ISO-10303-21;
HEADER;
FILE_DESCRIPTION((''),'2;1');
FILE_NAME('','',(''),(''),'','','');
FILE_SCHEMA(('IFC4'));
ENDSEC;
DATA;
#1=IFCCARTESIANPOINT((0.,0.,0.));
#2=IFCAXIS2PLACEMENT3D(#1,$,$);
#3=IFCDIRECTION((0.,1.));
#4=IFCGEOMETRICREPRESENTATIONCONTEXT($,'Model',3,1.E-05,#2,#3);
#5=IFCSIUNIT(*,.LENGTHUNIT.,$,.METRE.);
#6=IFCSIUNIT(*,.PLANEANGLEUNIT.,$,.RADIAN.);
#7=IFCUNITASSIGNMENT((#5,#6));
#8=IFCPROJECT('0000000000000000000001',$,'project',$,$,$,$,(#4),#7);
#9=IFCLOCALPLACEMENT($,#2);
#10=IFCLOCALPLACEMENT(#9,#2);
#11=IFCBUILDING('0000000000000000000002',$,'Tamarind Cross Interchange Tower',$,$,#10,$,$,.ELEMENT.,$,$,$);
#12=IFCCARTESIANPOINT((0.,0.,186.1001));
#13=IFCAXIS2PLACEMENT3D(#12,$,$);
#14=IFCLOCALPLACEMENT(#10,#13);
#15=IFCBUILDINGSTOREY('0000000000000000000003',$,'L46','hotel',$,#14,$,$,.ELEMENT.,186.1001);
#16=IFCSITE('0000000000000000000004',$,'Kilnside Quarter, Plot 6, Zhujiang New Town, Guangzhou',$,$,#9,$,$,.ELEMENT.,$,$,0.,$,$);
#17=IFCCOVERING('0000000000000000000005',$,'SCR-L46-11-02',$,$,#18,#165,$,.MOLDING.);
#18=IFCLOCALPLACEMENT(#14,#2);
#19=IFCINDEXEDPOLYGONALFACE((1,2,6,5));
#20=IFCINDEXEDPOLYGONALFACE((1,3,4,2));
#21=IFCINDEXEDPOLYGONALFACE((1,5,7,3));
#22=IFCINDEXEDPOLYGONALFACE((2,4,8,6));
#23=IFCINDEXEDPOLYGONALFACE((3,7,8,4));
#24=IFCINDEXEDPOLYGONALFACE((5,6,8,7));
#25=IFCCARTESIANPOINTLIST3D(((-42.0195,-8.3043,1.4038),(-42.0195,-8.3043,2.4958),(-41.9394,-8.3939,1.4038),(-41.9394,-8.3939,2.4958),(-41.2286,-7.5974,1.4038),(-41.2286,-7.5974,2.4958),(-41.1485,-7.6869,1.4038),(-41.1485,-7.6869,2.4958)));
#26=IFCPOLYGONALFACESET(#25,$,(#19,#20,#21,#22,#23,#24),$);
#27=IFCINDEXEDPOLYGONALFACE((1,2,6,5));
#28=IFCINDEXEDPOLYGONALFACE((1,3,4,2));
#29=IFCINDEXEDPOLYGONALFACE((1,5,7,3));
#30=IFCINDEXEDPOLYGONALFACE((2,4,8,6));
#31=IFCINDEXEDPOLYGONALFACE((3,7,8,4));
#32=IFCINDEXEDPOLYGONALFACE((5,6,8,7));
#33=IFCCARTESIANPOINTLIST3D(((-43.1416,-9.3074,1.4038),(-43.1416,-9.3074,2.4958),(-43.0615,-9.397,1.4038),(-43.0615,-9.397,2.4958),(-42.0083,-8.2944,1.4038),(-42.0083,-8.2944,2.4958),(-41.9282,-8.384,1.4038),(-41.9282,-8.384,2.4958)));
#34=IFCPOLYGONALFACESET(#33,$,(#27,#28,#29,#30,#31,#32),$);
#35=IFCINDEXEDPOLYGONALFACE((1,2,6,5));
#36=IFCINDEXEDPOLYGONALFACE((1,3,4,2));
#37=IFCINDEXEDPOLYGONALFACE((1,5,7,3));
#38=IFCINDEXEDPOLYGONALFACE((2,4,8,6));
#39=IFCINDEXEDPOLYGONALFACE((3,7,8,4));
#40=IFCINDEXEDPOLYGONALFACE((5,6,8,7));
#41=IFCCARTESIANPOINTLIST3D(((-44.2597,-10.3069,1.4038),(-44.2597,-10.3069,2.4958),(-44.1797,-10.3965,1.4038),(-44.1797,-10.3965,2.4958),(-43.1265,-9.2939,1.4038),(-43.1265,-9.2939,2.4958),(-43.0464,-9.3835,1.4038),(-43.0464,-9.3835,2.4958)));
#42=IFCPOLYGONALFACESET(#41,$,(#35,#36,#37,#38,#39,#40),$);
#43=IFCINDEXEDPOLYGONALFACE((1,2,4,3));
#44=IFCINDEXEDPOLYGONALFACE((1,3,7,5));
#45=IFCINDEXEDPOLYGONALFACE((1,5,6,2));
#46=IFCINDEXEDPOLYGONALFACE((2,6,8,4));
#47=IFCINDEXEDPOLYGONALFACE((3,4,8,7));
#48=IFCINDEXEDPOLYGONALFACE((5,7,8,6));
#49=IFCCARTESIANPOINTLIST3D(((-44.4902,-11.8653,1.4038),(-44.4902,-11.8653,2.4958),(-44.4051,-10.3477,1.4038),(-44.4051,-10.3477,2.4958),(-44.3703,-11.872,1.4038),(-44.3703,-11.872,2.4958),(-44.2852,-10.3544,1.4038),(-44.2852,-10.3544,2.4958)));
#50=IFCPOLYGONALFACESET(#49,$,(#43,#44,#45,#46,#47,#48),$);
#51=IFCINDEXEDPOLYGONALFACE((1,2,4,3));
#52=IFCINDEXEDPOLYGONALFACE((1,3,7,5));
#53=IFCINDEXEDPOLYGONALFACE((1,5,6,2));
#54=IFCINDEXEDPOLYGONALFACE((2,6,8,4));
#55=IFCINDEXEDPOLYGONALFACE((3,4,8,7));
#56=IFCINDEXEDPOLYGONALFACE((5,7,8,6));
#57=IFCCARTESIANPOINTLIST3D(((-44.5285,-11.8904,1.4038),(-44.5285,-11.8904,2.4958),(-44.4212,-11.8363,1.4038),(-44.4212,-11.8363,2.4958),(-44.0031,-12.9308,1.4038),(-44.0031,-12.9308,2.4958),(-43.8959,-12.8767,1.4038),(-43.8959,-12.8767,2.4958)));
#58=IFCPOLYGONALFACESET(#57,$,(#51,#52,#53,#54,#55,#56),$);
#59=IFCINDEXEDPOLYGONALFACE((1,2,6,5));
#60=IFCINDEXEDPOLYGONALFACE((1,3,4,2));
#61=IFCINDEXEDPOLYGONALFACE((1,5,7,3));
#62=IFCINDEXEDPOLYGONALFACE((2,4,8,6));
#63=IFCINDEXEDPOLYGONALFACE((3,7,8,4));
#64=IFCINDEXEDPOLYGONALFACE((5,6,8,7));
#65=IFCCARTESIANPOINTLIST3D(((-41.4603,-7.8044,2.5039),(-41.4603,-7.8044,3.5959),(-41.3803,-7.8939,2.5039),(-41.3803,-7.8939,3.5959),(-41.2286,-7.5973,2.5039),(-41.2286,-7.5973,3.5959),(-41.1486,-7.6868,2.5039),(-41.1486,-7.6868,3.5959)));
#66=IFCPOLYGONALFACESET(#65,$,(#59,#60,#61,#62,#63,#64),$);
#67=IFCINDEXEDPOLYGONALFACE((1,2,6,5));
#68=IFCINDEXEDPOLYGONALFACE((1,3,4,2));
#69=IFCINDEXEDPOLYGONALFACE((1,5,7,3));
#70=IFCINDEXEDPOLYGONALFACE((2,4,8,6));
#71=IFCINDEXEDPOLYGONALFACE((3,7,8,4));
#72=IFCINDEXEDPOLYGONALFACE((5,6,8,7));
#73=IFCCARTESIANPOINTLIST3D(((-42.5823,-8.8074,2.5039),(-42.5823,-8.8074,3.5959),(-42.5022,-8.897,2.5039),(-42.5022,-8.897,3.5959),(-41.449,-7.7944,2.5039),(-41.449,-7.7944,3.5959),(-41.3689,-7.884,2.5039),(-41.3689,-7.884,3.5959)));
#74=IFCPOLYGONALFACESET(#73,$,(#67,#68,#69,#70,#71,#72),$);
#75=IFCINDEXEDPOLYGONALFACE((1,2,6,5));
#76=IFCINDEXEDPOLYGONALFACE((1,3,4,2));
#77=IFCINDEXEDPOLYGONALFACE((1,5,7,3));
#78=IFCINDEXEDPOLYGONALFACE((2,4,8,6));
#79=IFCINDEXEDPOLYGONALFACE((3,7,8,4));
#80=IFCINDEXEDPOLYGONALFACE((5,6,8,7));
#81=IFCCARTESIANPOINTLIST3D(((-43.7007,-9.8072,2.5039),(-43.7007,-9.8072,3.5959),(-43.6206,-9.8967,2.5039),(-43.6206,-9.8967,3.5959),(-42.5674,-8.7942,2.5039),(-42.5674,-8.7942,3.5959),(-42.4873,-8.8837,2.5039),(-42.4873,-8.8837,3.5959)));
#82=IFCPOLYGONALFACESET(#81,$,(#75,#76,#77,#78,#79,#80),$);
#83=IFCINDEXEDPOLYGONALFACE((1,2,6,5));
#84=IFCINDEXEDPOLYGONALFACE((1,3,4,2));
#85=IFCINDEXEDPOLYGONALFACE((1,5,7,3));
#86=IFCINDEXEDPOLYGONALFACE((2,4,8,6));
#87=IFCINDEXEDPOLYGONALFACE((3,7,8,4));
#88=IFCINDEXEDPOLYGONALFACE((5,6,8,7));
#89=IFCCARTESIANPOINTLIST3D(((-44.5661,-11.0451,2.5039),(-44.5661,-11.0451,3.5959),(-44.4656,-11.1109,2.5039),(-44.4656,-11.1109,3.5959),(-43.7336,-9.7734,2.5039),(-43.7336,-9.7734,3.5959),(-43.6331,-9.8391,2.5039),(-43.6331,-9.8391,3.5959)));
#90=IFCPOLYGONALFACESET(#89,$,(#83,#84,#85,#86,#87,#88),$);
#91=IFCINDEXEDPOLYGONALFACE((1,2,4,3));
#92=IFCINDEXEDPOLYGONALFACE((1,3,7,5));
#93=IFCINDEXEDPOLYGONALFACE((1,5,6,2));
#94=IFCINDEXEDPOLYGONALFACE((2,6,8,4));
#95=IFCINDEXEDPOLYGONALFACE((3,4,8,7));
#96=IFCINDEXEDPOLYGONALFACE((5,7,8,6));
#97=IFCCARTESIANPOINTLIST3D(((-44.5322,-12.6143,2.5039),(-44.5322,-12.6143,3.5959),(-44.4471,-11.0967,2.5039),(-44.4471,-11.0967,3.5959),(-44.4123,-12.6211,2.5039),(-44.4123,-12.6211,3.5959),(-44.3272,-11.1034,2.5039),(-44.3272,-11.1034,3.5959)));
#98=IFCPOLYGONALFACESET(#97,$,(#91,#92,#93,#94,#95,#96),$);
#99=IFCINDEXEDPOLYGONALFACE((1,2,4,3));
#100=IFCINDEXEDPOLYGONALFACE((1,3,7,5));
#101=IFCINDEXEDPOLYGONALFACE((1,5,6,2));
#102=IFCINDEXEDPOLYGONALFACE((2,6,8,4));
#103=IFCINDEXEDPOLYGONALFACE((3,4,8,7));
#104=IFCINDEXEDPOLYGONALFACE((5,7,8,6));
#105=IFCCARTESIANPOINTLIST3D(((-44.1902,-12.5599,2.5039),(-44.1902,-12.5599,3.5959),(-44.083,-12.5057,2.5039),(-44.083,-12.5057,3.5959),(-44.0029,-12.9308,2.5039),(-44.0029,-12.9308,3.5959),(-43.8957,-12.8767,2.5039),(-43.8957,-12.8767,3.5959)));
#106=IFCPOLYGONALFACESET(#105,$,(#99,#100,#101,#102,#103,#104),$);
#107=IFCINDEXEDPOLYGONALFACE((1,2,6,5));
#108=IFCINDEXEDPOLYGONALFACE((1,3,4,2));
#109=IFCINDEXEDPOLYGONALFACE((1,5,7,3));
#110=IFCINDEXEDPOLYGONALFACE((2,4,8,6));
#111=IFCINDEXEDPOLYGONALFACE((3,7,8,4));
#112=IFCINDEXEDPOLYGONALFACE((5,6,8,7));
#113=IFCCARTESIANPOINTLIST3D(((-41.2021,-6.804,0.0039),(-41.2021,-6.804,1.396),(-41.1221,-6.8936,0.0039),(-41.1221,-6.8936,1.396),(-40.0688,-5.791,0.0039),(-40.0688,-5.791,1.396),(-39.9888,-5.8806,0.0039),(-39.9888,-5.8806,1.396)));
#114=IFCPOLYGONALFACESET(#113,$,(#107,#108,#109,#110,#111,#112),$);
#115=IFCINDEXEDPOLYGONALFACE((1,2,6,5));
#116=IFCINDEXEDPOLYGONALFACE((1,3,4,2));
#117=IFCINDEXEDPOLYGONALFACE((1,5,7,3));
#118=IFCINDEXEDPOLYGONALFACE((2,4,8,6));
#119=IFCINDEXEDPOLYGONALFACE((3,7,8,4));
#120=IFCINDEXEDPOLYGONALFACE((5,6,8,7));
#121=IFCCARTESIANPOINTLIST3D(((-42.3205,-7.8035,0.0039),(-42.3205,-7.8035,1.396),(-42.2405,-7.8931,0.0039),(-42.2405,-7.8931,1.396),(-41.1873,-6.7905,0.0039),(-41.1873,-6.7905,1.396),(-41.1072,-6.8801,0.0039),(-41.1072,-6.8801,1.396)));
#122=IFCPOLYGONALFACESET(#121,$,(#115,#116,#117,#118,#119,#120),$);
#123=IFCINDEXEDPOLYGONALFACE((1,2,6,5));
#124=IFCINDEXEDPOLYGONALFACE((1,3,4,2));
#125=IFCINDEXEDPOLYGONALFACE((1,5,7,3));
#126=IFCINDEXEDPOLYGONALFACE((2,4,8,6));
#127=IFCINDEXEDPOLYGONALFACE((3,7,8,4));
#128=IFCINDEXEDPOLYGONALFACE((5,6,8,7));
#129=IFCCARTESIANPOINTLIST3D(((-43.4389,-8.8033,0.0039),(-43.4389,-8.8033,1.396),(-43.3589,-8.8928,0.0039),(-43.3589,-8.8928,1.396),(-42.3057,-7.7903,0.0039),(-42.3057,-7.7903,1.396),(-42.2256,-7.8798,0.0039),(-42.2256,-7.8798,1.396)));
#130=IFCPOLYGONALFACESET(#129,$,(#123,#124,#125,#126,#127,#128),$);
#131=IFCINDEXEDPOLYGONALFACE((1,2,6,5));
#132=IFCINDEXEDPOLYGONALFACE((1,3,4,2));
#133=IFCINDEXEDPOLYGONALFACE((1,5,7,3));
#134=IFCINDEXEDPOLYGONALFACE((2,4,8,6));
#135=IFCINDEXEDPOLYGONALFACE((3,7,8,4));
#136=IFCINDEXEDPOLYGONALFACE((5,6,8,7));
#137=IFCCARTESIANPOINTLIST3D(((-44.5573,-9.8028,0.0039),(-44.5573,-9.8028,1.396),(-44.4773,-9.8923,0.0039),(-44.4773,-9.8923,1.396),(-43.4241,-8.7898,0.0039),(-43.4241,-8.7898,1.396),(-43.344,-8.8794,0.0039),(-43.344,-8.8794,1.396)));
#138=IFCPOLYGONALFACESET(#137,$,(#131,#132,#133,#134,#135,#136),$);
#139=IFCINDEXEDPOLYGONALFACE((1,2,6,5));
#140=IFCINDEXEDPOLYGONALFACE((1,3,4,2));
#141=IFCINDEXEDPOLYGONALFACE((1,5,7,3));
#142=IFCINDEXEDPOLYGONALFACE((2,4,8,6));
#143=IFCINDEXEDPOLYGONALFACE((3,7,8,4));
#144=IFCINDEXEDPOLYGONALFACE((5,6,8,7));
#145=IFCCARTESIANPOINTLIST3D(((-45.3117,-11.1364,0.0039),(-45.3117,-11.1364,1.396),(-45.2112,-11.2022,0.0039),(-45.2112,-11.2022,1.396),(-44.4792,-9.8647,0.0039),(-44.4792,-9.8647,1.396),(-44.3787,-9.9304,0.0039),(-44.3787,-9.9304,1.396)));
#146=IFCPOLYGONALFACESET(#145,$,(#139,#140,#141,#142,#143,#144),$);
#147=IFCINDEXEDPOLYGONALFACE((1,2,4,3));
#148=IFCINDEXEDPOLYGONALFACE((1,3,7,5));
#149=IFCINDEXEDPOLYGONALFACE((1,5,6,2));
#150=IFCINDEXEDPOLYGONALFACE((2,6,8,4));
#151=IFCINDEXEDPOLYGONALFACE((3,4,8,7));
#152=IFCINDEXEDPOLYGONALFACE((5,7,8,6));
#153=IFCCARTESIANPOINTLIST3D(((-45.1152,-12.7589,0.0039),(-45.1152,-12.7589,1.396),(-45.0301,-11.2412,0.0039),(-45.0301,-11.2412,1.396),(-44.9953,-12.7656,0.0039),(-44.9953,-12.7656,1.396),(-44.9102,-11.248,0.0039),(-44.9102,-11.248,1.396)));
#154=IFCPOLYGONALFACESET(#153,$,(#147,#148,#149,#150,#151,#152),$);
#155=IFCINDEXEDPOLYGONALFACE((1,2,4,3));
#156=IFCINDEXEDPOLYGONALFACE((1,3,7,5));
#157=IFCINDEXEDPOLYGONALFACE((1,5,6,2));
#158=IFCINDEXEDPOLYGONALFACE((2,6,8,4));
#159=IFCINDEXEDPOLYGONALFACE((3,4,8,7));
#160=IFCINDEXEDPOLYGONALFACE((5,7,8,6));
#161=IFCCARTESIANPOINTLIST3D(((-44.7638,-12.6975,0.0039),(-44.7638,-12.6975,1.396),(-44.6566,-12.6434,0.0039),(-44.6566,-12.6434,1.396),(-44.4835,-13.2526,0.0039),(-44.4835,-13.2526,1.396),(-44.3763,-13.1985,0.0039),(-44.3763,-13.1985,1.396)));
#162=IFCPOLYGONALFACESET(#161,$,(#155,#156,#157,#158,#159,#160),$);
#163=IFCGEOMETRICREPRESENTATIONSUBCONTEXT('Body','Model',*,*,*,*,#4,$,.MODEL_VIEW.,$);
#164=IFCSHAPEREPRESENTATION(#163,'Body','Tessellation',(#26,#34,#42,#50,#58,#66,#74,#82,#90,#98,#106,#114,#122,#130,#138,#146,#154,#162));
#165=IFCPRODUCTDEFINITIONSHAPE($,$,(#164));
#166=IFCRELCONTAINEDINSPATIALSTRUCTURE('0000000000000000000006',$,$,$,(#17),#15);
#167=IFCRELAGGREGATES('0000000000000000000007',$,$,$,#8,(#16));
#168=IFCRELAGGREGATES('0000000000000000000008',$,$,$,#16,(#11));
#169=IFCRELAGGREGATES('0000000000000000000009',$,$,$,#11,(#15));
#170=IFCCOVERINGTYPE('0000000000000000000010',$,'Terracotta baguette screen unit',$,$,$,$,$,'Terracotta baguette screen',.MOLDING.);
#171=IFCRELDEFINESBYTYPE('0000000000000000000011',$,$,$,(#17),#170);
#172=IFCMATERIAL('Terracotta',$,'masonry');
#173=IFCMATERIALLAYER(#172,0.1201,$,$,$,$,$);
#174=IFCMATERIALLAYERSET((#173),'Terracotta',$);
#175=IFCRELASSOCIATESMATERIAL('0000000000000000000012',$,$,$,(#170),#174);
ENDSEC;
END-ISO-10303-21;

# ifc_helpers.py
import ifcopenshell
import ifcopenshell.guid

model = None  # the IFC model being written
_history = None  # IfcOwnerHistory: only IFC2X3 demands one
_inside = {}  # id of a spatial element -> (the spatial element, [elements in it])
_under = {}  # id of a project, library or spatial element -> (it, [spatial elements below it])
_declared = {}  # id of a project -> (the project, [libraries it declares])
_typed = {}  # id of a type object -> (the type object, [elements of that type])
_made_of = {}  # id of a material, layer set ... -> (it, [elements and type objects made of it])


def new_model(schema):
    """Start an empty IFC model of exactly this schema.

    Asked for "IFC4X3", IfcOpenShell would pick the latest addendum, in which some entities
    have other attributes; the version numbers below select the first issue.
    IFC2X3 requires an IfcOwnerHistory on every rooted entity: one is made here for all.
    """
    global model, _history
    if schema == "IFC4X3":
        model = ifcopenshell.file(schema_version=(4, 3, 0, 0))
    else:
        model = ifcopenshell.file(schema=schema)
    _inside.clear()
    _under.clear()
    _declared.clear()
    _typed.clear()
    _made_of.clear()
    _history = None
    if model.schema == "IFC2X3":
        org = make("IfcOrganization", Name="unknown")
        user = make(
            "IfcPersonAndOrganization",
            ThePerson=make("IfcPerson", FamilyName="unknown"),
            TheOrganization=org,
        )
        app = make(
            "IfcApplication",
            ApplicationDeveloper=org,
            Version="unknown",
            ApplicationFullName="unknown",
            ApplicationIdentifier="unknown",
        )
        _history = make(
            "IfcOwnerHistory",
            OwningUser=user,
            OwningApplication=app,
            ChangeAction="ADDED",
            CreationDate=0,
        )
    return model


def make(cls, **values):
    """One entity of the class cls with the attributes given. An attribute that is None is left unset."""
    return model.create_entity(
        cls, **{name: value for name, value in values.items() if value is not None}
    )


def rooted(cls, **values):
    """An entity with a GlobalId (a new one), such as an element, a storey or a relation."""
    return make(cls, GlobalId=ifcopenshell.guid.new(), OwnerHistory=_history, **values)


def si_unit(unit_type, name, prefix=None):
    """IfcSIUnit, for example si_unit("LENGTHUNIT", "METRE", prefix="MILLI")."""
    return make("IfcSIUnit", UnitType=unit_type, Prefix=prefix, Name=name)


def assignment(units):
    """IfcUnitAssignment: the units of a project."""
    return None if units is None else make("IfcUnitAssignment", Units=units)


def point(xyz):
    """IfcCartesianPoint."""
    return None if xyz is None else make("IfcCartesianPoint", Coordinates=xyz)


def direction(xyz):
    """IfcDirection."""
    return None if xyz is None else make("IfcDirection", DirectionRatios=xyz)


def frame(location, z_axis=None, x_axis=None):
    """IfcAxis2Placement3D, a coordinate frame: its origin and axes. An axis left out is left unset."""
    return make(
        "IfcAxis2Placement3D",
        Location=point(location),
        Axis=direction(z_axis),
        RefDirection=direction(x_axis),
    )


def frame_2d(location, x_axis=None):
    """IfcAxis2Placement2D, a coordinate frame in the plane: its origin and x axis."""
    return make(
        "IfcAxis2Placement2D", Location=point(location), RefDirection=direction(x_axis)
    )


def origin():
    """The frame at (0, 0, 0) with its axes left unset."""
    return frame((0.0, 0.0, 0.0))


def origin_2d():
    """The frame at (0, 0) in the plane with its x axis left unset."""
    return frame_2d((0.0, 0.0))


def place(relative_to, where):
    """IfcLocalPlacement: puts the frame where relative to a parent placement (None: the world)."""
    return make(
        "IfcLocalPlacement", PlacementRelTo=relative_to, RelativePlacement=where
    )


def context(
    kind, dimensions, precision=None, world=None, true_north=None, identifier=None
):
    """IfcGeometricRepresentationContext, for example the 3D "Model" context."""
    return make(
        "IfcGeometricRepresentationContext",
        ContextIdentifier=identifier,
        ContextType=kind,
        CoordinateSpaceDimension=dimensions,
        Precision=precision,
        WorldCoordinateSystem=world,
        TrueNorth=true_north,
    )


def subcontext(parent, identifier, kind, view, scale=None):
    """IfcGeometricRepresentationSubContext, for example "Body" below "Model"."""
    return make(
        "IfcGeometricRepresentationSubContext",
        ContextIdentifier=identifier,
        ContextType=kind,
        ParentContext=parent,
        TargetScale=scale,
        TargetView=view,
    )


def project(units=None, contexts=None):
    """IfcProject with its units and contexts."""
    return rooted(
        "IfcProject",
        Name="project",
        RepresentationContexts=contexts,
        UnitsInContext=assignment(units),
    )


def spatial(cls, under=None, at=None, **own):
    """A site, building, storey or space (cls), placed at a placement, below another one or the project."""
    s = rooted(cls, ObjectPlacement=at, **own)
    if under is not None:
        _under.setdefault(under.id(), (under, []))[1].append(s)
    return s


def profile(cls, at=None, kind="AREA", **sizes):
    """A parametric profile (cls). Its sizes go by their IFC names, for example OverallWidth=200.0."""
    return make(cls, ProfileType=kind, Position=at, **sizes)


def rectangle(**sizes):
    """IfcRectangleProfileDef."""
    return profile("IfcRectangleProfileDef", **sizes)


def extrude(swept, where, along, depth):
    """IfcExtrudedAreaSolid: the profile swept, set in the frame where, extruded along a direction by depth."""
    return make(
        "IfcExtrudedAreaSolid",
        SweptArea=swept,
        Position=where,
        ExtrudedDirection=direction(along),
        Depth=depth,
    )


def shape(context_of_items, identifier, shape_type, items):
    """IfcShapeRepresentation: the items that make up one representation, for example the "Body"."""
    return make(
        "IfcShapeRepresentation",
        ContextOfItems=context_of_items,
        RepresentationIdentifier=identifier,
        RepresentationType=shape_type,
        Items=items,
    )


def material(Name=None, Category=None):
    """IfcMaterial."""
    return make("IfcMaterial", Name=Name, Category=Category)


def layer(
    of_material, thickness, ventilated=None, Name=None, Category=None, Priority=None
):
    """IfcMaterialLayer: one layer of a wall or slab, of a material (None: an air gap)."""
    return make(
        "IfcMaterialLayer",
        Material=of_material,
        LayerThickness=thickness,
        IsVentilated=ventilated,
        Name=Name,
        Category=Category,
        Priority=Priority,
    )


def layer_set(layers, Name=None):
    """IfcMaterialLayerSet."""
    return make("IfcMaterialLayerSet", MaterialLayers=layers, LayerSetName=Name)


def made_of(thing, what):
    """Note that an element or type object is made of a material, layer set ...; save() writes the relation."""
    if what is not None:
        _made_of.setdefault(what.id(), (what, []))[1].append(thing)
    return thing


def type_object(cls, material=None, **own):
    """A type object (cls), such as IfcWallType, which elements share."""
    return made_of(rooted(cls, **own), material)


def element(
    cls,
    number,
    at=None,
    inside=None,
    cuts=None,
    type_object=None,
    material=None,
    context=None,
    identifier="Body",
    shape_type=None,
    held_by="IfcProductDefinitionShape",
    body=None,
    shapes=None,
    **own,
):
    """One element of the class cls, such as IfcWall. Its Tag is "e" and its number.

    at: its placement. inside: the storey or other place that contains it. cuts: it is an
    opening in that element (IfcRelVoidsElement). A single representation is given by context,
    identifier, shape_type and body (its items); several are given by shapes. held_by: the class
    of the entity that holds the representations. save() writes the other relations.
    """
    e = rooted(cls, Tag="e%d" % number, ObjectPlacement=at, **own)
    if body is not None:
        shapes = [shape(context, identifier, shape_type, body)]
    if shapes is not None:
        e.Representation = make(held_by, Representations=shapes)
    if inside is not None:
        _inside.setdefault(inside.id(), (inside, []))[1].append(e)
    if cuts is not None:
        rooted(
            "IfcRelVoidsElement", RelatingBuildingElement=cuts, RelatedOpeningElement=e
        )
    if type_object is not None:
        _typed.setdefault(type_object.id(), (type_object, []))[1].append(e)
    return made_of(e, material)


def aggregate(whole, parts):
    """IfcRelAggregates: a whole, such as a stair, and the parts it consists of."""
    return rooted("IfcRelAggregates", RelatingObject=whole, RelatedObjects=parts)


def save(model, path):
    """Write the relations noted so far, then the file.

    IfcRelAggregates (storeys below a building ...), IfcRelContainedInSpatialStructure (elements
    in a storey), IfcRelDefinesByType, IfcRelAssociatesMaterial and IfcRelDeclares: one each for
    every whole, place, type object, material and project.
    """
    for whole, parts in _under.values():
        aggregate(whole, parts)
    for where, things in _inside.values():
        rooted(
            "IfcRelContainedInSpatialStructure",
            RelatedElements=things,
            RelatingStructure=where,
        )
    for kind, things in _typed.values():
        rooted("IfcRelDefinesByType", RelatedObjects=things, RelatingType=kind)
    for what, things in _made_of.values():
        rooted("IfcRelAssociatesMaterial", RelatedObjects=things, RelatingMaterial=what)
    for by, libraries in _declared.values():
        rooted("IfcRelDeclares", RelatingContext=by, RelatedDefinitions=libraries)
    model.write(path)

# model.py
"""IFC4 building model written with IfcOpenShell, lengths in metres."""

from ifc_helpers import new_model, si_unit, direction, frame, origin, origin_2d, place, context, subcontext, project, spatial, rectangle, extrude, material, layer, layer_set, type_object, element, save


model = new_model("IFC4")

# Units and contexts
model_context = context("Model", 3, precision=1e-05, world=origin(), true_north=direction((0.0, 1.0)))
body_context = subcontext(model_context, "Body", "Model", "MODEL_VIEW")
ifc_project = project(units=[si_unit("LENGTHUNIT", "METRE"), si_unit("PLANEANGLEUNIT", "RADIAN")], contexts=[model_context])

# Site, building, storey
site_placement = place(None, origin())
site = spatial("IfcSite", under=ifc_project, at=site_placement, Name="Kilnside Quarter, Plot 6, Zhujiang New Town, Guangzhou", CompositionType="ELEMENT", RefElevation=0.0)
building_placement = place(site_placement, origin())
building = spatial("IfcBuilding", under=site, at=building_placement, Name="Tamarind Cross Interchange Tower", CompositionType="ELEMENT")
storey_placement = place(building_placement, frame((0.0, 0.0, 186.1001)))
storey = spatial("IfcBuildingStorey", under=building, at=storey_placement, Name="L46", Description="hotel", CompositionType="ELEMENT", Elevation=186.1001)

# Covering
ifc_material_1 = material(Name="Terracotta", Category="masonry")
ifc_layer_1 = layer(ifc_material_1, 0.1201)
ifc_layer_set_1 = layer_set([ifc_layer_1], Name="Terracotta")
covering_type = type_object("IfcCoveringType", Name="Terracotta baguette screen unit", ElementType="Terracotta baguette screen", PredefinedType="MOLDING", material=ifc_layer_set_1)
covering_1_placement = place(storey_placement, origin())
element("IfcCovering", 1, at=covering_1_placement, inside=storey, type_object=covering_type, Name="SCR-L46-11-02", PredefinedType="MOLDING", context=body_context, shape_type="SweptSolid", body=[
    extrude(rectangle(XDim=1.0608, YDim=0.1201, at=origin_2d()), frame((-41.584, -7.9956, 1.4038), z_axis=(0.0, 0.0, 1.0), x_axis=(-0.745569, -0.666428, 0.0)), (0.0, 0.0, 1.0), 1.092),
    extrude(rectangle(XDim=1.52, YDim=0.1201, at=origin_2d()), frame((-42.5349, -8.8457, 1.4038), z_axis=(0.0, 0.0, 1.0), x_axis=(-0.745569, -0.666428, 0.0)), (0.0, 0.0, 1.0), 1.092),
    extrude(rectangle(XDim=1.52, YDim=0.1201, at=origin_2d()), frame((-43.6531, -9.8452, 1.4038), z_axis=(0.0, 0.0, 1.0), x_axis=(-0.745569, -0.666428, 0.0)), (0.0, 0.0, 1.0), 1.092),
    extrude(rectangle(XDim=1.52, YDim=0.1201, at=origin_2d()), frame((-44.3877, -11.1099, 1.4038), z_axis=(0.0, 0.0, 1.0), x_axis=(-0.055961, -0.998433, 0.0)), (0.0, 0.0, 1.0), 1.092),
    extrude(rectangle(XDim=1.1655, YDim=0.1201, at=origin_2d()), frame((-44.2122, -12.3835, 1.4038), z_axis=(0.0, 0.0, 1.0), x_axis=(0.450753, -0.892649, 0.0)), (0.0, 0.0, 1.0), 1.092),
    extrude(rectangle(XDim=0.3108, YDim=0.1201, at=origin_2d()), frame((-41.3044, -7.7456, 2.5039), z_axis=(0.0, 0.0, 1.0), x_axis=(-0.745569, -0.666428, 0.0)), (0.0, 0.0, 1.0), 1.092),
    extrude(rectangle(XDim=1.52, YDim=0.1201, at=origin_2d()), frame((-41.9756, -8.3457, 2.5039), z_axis=(0.0, 0.0, 1.0), x_axis=(-0.745569, -0.666428, 0.0)), (0.0, 0.0, 1.0), 1.092),
    extrude(rectangle(XDim=1.52, YDim=0.1201, at=origin_2d()), frame((-43.094, -9.3455, 2.5039), z_axis=(0.0, 0.0, 1.0), x_axis=(-0.745569, -0.666428, 0.0)), (0.0, 0.0, 1.0), 1.092),
    extrude(rectangle(XDim=1.52, YDim=0.1201, at=origin_2d()), frame((-44.0996, -10.4421, 2.5039), z_axis=(0.0, 0.0, 1.0), x_axis=(-0.54768, -0.836688, 0.0)), (0.0, 0.0, 1.0), 1.092),
    extrude(rectangle(XDim=1.52, YDim=0.1201, at=origin_2d()), frame((-44.4297, -11.8589, 2.5039), z_axis=(0.0, 0.0, 1.0), x_axis=(-0.055961, -0.998433, 0.0)), (0.0, 0.0, 1.0), 1.092),
    extrude(rectangle(XDim=0.4155, YDim=0.1201, at=origin_2d()), frame((-44.043, -12.7183, 2.5039), z_axis=(0.0, 0.0, 1.0), x_axis=(0.450753, -0.892649, 0.0)), (0.0, 0.0, 1.0), 1.092),
    extrude(rectangle(XDim=1.52, YDim=0.1201, at=origin_2d()), frame((-40.5955, -6.3423, 0.0039), z_axis=(0.0, 0.0, 1.0), x_axis=(-0.745569, -0.666428, 0.0)), (0.0, 0.0, 1.0), 1.3921),
    extrude(rectangle(XDim=1.52, YDim=0.1201, at=origin_2d()), frame((-41.7139, -7.3418, 0.0039), z_axis=(0.0, 0.0, 1.0), x_axis=(-0.745569, -0.666428, 0.0)), (0.0, 0.0, 1.0), 1.3921),
    extrude(rectangle(XDim=1.52, YDim=0.1201, at=origin_2d()), frame((-42.8323, -8.3416, 0.0039), z_axis=(0.0, 0.0, 1.0), x_axis=(-0.745569, -0.666428, 0.0)), (0.0, 0.0, 1.0), 1.3921),
    extrude(rectangle(XDim=1.52, YDim=0.1201, at=origin_2d()), frame((-43.9507, -9.3411, 0.0039), z_axis=(0.0, 0.0, 1.0), x_axis=(-0.745569, -0.666428, 0.0)), (0.0, 0.0, 1.0), 1.3921),
    extrude(rectangle(XDim=1.52, YDim=0.1201, at=origin_2d()), frame((-44.8452, -10.5334, 0.0039), z_axis=(0.0, 0.0, 1.0), x_axis=(-0.54768, -0.836688, 0.0)), (0.0, 0.0, 1.0), 1.3921),
    extrude(rectangle(XDim=1.52, YDim=0.1201, at=origin_2d()), frame((-45.0127, -12.0034, 0.0039), z_axis=(0.0, 0.0, 1.0), x_axis=(-0.055961, -0.998433, 0.0)), (0.0, 0.0, 1.0), 1.3921),
    extrude(rectangle(XDim=0.6218, YDim=0.1201, at=origin_2d()), frame((-44.5701, -12.948, 0.0039), z_axis=(0.0, 0.0, 1.0), x_axis=(0.450753, -0.892649, 0.0)), (0.0, 0.0, 1.0), 1.3921),
])

save(model, "model.ifc")
